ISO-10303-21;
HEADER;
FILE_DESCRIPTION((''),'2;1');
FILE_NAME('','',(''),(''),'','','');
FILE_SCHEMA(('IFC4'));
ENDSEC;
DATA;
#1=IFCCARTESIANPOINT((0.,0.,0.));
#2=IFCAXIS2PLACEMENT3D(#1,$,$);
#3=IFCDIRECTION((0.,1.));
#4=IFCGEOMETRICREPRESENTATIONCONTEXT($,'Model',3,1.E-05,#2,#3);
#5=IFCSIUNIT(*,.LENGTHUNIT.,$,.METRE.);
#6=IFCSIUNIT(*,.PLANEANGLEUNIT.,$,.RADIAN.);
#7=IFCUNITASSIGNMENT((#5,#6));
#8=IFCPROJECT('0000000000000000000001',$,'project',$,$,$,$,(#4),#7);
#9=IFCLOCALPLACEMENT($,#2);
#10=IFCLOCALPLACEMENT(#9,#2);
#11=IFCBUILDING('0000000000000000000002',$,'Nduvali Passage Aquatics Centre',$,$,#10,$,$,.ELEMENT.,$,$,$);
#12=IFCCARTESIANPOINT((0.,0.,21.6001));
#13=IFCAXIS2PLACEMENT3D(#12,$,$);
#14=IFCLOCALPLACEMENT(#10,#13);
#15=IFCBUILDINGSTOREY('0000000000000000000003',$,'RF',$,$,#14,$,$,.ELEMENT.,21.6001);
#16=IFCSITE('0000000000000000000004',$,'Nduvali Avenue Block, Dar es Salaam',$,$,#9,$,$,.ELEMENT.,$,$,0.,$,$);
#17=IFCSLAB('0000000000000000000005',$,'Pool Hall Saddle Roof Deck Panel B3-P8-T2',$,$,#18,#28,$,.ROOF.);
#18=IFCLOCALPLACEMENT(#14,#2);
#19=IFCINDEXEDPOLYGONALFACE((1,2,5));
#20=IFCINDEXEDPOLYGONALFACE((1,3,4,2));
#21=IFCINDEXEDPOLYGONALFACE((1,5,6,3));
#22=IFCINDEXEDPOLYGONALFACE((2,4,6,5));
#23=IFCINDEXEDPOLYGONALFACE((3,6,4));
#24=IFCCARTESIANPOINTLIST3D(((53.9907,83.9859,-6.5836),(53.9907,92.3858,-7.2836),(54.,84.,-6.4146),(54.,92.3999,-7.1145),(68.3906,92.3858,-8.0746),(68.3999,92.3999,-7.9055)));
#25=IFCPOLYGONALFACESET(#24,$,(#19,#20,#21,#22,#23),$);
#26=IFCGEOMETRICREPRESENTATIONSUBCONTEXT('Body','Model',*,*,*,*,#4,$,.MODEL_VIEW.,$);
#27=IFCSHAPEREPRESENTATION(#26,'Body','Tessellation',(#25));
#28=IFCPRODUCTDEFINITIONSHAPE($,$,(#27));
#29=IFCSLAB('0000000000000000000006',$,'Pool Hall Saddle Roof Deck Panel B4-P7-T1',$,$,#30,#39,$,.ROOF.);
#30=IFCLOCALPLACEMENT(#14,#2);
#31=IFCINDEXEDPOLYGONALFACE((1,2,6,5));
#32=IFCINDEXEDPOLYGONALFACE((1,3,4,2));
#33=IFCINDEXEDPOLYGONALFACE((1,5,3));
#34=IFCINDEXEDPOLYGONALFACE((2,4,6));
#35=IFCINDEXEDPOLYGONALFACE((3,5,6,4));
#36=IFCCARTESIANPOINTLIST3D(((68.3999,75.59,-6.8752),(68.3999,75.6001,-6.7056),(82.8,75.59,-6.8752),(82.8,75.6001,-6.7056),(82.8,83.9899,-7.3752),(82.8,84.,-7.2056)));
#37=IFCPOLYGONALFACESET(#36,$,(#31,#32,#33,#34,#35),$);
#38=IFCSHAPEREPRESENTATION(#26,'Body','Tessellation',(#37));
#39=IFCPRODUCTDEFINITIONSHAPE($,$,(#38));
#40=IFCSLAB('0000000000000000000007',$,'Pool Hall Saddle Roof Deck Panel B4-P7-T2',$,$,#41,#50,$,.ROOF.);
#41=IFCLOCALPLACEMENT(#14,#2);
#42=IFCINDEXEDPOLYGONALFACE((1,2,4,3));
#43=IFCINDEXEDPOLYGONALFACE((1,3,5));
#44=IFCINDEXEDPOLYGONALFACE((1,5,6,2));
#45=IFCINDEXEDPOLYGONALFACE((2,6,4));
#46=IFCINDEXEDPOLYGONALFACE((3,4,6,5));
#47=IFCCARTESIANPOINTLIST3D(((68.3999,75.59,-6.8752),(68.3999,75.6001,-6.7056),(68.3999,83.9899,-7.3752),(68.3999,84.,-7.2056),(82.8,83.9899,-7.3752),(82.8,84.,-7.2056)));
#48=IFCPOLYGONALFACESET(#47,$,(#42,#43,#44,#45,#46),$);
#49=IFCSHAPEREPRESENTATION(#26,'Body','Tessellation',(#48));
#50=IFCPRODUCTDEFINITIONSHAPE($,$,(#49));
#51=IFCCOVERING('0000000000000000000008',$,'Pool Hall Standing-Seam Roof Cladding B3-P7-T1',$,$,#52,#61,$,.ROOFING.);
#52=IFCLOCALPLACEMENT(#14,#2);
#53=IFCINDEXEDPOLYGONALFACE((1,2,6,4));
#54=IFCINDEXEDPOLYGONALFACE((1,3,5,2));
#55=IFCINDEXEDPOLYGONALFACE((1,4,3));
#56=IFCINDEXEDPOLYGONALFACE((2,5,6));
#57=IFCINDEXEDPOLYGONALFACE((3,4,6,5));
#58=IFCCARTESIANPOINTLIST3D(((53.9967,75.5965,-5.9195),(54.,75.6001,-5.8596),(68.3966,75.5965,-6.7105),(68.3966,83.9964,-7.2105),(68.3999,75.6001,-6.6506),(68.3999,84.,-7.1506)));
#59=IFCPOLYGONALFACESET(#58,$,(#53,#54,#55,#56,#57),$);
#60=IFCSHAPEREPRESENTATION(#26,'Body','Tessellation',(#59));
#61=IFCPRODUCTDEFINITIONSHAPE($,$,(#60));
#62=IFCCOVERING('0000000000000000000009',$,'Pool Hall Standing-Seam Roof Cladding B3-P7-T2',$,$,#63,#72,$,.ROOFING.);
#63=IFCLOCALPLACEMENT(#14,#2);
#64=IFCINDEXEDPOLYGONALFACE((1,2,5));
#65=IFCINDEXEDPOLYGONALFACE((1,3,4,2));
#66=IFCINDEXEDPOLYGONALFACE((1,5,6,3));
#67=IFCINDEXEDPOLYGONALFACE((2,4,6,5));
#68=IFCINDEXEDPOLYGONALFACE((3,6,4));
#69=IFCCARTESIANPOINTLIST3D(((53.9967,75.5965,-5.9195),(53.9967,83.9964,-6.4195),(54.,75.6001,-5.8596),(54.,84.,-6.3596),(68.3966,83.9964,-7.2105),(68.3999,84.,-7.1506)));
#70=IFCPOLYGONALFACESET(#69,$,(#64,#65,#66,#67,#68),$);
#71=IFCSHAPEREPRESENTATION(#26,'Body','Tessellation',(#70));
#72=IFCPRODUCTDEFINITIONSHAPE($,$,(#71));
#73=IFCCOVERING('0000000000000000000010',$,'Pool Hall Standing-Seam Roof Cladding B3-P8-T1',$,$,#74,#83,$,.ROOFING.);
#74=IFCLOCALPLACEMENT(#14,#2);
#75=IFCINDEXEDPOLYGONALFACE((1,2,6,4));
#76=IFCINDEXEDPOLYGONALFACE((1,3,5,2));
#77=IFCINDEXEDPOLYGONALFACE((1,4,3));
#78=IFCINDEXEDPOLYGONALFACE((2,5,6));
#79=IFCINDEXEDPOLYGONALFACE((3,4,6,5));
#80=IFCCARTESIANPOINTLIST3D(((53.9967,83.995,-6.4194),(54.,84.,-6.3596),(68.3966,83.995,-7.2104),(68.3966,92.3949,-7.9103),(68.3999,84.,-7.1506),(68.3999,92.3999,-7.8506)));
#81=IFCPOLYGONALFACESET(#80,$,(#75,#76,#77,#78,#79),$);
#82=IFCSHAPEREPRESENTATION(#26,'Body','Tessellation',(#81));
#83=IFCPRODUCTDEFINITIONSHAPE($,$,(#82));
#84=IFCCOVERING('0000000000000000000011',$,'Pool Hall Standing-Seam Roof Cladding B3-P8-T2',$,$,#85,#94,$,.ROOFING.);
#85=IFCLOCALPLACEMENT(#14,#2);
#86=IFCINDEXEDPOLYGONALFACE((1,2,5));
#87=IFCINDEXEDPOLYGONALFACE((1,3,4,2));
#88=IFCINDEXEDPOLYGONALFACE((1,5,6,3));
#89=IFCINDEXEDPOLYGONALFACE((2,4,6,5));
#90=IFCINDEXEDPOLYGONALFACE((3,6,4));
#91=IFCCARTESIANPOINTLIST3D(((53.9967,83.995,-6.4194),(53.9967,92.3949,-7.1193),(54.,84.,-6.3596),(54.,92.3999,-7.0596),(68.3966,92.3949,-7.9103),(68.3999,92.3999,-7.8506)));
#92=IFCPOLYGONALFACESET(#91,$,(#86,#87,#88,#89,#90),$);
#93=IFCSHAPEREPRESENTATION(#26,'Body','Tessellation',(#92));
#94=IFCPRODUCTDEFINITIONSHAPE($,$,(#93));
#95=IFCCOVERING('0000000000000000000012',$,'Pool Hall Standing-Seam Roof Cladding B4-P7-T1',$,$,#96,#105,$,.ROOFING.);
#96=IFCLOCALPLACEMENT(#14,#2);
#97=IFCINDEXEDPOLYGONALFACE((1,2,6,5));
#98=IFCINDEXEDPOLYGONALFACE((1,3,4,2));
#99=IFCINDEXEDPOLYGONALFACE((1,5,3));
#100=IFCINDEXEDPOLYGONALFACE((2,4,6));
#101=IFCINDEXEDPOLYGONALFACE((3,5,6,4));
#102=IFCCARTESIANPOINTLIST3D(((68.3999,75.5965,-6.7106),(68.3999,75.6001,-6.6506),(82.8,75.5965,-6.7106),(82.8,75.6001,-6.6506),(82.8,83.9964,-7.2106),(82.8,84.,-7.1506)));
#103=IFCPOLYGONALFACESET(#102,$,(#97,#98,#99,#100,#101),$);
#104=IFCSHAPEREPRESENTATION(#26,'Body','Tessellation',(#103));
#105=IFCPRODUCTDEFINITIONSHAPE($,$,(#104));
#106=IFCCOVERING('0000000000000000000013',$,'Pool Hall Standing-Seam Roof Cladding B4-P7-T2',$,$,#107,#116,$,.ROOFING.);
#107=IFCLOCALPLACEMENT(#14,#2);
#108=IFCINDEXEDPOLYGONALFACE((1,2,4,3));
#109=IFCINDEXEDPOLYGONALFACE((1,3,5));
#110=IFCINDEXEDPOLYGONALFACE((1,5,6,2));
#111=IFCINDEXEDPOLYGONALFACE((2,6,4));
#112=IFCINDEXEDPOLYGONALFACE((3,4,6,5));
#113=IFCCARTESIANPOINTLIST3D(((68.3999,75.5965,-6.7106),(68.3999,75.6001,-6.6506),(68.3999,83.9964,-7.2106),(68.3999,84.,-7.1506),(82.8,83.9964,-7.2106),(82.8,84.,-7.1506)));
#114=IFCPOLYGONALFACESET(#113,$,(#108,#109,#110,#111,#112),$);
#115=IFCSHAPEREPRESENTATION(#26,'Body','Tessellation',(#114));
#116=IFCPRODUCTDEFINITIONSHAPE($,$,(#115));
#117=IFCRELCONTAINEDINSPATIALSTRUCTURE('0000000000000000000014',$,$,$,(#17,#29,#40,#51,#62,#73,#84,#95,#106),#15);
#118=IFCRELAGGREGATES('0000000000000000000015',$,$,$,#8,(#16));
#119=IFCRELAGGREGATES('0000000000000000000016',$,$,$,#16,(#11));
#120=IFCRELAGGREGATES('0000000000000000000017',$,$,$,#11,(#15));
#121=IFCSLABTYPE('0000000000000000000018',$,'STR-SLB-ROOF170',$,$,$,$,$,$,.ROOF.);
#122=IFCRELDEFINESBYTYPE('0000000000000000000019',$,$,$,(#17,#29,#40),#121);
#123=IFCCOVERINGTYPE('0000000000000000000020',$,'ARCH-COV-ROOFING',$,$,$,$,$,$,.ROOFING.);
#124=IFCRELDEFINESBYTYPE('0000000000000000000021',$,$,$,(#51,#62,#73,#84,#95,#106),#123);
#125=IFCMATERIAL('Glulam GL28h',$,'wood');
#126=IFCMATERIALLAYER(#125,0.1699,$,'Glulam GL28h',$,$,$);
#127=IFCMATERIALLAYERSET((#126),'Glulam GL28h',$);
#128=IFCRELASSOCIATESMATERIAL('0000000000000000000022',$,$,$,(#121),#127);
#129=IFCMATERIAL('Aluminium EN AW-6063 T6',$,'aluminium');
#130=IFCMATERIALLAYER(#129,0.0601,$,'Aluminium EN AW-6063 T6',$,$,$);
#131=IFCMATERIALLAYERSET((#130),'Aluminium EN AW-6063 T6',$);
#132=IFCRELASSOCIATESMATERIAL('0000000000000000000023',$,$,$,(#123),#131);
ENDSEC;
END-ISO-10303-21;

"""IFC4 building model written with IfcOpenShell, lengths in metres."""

from ifc_helpers import new_model, si_unit, direction, frame, origin, place, context, subcontext, project, spatial, polyline, outline, extrude, material, layer, layer_set, type_object, element, save


model = new_model("IFC4")

# Units and contexts
model_context = context("Model", 3, precision=1e-05, world=origin(), true_north=direction((0.0, 1.0)))
body_context = subcontext(model_context, "Body", "Model", "MODEL_VIEW")
ifc_project = project(units=[si_unit("LENGTHUNIT", "METRE"), si_unit("PLANEANGLEUNIT", "RADIAN")], contexts=[model_context])

# Site, building, storey
site_placement = place(None, origin())
site = spatial("IfcSite", under=ifc_project, at=site_placement, Name="Nduvali Avenue Block, Dar es Salaam", CompositionType="ELEMENT", RefElevation=0.0)
building_placement = place(site_placement, origin())
building = spatial("IfcBuilding", under=site, at=building_placement, Name="Nduvali Passage Aquatics Centre", CompositionType="ELEMENT")
storey_placement = place(building_placement, frame((0.0, 0.0, 21.6001)))
storey = spatial("IfcBuildingStorey", under=building, at=storey_placement, Name="RF", CompositionType="ELEMENT", Elevation=21.6001)

# Shared definitions
ifc_material_1 = material(Name="Glulam GL28h", Category="wood")

# Slabs
ifc_layer_1 = layer(ifc_material_1, 0.1699, Name="Glulam GL28h")
ifc_layer_set_1 = layer_set([ifc_layer_1], Name="Glulam GL28h")
slab_type = type_object("IfcSlabType", Name="STR-SLB-ROOF170", PredefinedType="ROOF", material=ifc_layer_set_1)
slab_1_placement = place(storey_placement, frame((54.0, 84.0, -6.4146), z_axis=(0.05466, 0.082917, 0.995056), x_axis=(0.860346, 0.501866, -0.08908)))
element("IfcSlab", 1, at=slab_1_placement, inside=storey, type_object=slab_type, Name="Pool Hall Saddle Roof Deck Panel B3-P8-T2", PredefinedType="ROOF", context=body_context, shape_type="SweptSolid", body=[
    extrude(outline(polyline([(0.0, 0.0), (16.7373, 0.0), (4.278, 7.2627), (0.0, 0.0)])), origin(), (0.0, 0.0, -1.0), 0.1699),
])
slab_2_placement = place(storey_placement, frame((68.3999, 75.6001, -6.7056), z_axis=(0.0, 0.059419, 0.998233), x_axis=(1.0, 0.0, 0.0)))
element("IfcSlab", 2, at=slab_2_placement, inside=storey, type_object=slab_type, Name="Pool Hall Saddle Roof Deck Panel B4-P7-T1", PredefinedType="ROOF", context=body_context, shape_type="SweptSolid", body=[
    extrude(outline(polyline([(0.0, 0.0), (14.4001, 0.0), (14.4001, 8.4148), (0.0, 0.0)])), origin(), (0.0, 0.0, -1.0), 0.1699),
])
slab_3_placement = place(storey_placement, frame((68.3999, 75.6001, -6.7056), z_axis=(0.0, 0.059419, 0.998233), x_axis=(0.863395, 0.503636, -0.029979)))
element("IfcSlab", 3, at=slab_3_placement, inside=storey, type_object=slab_type, Name="Pool Hall Saddle Roof Deck Panel B4-P7-T2", PredefinedType="ROOF", context=body_context, shape_type="SweptSolid", body=[
    extrude(outline(polyline([(0.0, 0.0), (16.6785, 0.0), (4.2455, 7.2653), (0.0, 0.0)])), origin(), (0.0, 0.0, -1.0), 0.1699),
])

# Coverings
ifc_material_2 = material(Name="Aluminium EN AW-6063 T6", Category="aluminium")
ifc_layer_2 = layer(ifc_material_2, 0.0601, Name="Aluminium EN AW-6063 T6")
ifc_layer_set_2 = layer_set([ifc_layer_2], Name="Aluminium EN AW-6063 T6")
covering_type = type_object("IfcCoveringType", Name="ARCH-COV-ROOFING", PredefinedType="ROOFING", material=ifc_layer_set_2)
covering_1_placement = place(storey_placement, frame((54.0, 75.6001, -5.8596), z_axis=(0.054753, 0.05933, 0.996736), x_axis=(0.998495, 0.0, -0.054849)))
element("IfcCovering", 4, at=covering_1_placement, inside=storey, type_object=covering_type, Name="Pool Hall Standing-Seam Roof Cladding B3-P7-T1", PredefinedType="ROOFING", context=body_context, shape_type="SweptSolid", body=[
    extrude(outline(polyline([(0.0, 0.0), (14.4216, 0.0), (14.449, 8.4147), (0.0, 0.0)])), origin(), (0.0, 0.0, -1.0), 0.0601),
])
covering_2_placement = place(storey_placement, frame((54.0, 75.6001, -5.8596), z_axis=(0.054753, 0.05933, 0.996736), x_axis=(0.861201, 0.502365, -0.077211)))
element("IfcCovering", 5, at=covering_2_placement, inside=storey, type_object=covering_type, Name="Pool Hall Standing-Seam Roof Cladding B3-P7-T2", PredefinedType="ROOFING", context=body_context, shape_type="SweptSolid", body=[
    extrude(outline(polyline([(0.0, 0.0), (16.7207, 0.0), (4.2584, 7.2577), (0.0, 0.0)])), origin(), (0.0, 0.0, -1.0), 0.0601),
])
covering_3_placement = place(storey_placement, frame((54.0, 84.0, -6.3596), z_axis=(0.05466, 0.082917, 0.995056), x_axis=(0.998495, 0.0, -0.054849)))
element("IfcCovering", 6, at=covering_3_placement, inside=storey, type_object=covering_type, Name="Pool Hall Standing-Seam Roof Cladding B3-P8-T1", PredefinedType="ROOFING", context=body_context, shape_type="SweptSolid", body=[
    extrude(outline(polyline([(0.0, 0.0), (14.4216, 0.0), (14.46, 8.4289), (0.0, 0.0)])), origin(), (0.0, 0.0, -1.0), 0.0601),
])
covering_4_placement = place(storey_placement, frame((54.0, 84.0, -6.3596), z_axis=(0.05466, 0.082917, 0.995056), x_axis=(0.860346, 0.501866, -0.08908)))
element("IfcCovering", 7, at=covering_4_placement, inside=storey, type_object=covering_type, Name="Pool Hall Standing-Seam Roof Cladding B3-P8-T2", PredefinedType="ROOFING", context=body_context, shape_type="SweptSolid", body=[
    extrude(outline(polyline([(0.0, 0.0), (16.7373, 0.0), (4.278, 7.2627), (0.0, 0.0)])), origin(), (0.0, 0.0, -1.0), 0.0601),
])
covering_5_placement = place(storey_placement, frame((68.3999, 75.6001, -6.6506), z_axis=(0.0, 0.059419, 0.998233), x_axis=(1.0, 0.0, 0.0)))
element("IfcCovering", 8, at=covering_5_placement, inside=storey, type_object=covering_type, Name="Pool Hall Standing-Seam Roof Cladding B4-P7-T1", PredefinedType="ROOFING", context=body_context, shape_type="SweptSolid", body=[
    extrude(outline(polyline([(0.0, 0.0), (14.4001, 0.0), (14.4001, 8.4148), (0.0, 0.0)])), origin(), (0.0, 0.0, -1.0), 0.0601),
])
covering_6_placement = place(storey_placement, frame((68.3999, 75.6001, -6.6506), z_axis=(0.0, 0.059419, 0.998233), x_axis=(0.863395, 0.503636, -0.029979)))
element("IfcCovering", 9, at=covering_6_placement, inside=storey, type_object=covering_type, Name="Pool Hall Standing-Seam Roof Cladding B4-P7-T2", PredefinedType="ROOFING", context=body_context, shape_type="SweptSolid", body=[
    extrude(outline(polyline([(0.0, 0.0), (16.6785, 0.0), (4.2455, 7.2653), (0.0, 0.0)])), origin(), (0.0, 0.0, -1.0), 0.0601),
])

save(model, "model.ifc")
